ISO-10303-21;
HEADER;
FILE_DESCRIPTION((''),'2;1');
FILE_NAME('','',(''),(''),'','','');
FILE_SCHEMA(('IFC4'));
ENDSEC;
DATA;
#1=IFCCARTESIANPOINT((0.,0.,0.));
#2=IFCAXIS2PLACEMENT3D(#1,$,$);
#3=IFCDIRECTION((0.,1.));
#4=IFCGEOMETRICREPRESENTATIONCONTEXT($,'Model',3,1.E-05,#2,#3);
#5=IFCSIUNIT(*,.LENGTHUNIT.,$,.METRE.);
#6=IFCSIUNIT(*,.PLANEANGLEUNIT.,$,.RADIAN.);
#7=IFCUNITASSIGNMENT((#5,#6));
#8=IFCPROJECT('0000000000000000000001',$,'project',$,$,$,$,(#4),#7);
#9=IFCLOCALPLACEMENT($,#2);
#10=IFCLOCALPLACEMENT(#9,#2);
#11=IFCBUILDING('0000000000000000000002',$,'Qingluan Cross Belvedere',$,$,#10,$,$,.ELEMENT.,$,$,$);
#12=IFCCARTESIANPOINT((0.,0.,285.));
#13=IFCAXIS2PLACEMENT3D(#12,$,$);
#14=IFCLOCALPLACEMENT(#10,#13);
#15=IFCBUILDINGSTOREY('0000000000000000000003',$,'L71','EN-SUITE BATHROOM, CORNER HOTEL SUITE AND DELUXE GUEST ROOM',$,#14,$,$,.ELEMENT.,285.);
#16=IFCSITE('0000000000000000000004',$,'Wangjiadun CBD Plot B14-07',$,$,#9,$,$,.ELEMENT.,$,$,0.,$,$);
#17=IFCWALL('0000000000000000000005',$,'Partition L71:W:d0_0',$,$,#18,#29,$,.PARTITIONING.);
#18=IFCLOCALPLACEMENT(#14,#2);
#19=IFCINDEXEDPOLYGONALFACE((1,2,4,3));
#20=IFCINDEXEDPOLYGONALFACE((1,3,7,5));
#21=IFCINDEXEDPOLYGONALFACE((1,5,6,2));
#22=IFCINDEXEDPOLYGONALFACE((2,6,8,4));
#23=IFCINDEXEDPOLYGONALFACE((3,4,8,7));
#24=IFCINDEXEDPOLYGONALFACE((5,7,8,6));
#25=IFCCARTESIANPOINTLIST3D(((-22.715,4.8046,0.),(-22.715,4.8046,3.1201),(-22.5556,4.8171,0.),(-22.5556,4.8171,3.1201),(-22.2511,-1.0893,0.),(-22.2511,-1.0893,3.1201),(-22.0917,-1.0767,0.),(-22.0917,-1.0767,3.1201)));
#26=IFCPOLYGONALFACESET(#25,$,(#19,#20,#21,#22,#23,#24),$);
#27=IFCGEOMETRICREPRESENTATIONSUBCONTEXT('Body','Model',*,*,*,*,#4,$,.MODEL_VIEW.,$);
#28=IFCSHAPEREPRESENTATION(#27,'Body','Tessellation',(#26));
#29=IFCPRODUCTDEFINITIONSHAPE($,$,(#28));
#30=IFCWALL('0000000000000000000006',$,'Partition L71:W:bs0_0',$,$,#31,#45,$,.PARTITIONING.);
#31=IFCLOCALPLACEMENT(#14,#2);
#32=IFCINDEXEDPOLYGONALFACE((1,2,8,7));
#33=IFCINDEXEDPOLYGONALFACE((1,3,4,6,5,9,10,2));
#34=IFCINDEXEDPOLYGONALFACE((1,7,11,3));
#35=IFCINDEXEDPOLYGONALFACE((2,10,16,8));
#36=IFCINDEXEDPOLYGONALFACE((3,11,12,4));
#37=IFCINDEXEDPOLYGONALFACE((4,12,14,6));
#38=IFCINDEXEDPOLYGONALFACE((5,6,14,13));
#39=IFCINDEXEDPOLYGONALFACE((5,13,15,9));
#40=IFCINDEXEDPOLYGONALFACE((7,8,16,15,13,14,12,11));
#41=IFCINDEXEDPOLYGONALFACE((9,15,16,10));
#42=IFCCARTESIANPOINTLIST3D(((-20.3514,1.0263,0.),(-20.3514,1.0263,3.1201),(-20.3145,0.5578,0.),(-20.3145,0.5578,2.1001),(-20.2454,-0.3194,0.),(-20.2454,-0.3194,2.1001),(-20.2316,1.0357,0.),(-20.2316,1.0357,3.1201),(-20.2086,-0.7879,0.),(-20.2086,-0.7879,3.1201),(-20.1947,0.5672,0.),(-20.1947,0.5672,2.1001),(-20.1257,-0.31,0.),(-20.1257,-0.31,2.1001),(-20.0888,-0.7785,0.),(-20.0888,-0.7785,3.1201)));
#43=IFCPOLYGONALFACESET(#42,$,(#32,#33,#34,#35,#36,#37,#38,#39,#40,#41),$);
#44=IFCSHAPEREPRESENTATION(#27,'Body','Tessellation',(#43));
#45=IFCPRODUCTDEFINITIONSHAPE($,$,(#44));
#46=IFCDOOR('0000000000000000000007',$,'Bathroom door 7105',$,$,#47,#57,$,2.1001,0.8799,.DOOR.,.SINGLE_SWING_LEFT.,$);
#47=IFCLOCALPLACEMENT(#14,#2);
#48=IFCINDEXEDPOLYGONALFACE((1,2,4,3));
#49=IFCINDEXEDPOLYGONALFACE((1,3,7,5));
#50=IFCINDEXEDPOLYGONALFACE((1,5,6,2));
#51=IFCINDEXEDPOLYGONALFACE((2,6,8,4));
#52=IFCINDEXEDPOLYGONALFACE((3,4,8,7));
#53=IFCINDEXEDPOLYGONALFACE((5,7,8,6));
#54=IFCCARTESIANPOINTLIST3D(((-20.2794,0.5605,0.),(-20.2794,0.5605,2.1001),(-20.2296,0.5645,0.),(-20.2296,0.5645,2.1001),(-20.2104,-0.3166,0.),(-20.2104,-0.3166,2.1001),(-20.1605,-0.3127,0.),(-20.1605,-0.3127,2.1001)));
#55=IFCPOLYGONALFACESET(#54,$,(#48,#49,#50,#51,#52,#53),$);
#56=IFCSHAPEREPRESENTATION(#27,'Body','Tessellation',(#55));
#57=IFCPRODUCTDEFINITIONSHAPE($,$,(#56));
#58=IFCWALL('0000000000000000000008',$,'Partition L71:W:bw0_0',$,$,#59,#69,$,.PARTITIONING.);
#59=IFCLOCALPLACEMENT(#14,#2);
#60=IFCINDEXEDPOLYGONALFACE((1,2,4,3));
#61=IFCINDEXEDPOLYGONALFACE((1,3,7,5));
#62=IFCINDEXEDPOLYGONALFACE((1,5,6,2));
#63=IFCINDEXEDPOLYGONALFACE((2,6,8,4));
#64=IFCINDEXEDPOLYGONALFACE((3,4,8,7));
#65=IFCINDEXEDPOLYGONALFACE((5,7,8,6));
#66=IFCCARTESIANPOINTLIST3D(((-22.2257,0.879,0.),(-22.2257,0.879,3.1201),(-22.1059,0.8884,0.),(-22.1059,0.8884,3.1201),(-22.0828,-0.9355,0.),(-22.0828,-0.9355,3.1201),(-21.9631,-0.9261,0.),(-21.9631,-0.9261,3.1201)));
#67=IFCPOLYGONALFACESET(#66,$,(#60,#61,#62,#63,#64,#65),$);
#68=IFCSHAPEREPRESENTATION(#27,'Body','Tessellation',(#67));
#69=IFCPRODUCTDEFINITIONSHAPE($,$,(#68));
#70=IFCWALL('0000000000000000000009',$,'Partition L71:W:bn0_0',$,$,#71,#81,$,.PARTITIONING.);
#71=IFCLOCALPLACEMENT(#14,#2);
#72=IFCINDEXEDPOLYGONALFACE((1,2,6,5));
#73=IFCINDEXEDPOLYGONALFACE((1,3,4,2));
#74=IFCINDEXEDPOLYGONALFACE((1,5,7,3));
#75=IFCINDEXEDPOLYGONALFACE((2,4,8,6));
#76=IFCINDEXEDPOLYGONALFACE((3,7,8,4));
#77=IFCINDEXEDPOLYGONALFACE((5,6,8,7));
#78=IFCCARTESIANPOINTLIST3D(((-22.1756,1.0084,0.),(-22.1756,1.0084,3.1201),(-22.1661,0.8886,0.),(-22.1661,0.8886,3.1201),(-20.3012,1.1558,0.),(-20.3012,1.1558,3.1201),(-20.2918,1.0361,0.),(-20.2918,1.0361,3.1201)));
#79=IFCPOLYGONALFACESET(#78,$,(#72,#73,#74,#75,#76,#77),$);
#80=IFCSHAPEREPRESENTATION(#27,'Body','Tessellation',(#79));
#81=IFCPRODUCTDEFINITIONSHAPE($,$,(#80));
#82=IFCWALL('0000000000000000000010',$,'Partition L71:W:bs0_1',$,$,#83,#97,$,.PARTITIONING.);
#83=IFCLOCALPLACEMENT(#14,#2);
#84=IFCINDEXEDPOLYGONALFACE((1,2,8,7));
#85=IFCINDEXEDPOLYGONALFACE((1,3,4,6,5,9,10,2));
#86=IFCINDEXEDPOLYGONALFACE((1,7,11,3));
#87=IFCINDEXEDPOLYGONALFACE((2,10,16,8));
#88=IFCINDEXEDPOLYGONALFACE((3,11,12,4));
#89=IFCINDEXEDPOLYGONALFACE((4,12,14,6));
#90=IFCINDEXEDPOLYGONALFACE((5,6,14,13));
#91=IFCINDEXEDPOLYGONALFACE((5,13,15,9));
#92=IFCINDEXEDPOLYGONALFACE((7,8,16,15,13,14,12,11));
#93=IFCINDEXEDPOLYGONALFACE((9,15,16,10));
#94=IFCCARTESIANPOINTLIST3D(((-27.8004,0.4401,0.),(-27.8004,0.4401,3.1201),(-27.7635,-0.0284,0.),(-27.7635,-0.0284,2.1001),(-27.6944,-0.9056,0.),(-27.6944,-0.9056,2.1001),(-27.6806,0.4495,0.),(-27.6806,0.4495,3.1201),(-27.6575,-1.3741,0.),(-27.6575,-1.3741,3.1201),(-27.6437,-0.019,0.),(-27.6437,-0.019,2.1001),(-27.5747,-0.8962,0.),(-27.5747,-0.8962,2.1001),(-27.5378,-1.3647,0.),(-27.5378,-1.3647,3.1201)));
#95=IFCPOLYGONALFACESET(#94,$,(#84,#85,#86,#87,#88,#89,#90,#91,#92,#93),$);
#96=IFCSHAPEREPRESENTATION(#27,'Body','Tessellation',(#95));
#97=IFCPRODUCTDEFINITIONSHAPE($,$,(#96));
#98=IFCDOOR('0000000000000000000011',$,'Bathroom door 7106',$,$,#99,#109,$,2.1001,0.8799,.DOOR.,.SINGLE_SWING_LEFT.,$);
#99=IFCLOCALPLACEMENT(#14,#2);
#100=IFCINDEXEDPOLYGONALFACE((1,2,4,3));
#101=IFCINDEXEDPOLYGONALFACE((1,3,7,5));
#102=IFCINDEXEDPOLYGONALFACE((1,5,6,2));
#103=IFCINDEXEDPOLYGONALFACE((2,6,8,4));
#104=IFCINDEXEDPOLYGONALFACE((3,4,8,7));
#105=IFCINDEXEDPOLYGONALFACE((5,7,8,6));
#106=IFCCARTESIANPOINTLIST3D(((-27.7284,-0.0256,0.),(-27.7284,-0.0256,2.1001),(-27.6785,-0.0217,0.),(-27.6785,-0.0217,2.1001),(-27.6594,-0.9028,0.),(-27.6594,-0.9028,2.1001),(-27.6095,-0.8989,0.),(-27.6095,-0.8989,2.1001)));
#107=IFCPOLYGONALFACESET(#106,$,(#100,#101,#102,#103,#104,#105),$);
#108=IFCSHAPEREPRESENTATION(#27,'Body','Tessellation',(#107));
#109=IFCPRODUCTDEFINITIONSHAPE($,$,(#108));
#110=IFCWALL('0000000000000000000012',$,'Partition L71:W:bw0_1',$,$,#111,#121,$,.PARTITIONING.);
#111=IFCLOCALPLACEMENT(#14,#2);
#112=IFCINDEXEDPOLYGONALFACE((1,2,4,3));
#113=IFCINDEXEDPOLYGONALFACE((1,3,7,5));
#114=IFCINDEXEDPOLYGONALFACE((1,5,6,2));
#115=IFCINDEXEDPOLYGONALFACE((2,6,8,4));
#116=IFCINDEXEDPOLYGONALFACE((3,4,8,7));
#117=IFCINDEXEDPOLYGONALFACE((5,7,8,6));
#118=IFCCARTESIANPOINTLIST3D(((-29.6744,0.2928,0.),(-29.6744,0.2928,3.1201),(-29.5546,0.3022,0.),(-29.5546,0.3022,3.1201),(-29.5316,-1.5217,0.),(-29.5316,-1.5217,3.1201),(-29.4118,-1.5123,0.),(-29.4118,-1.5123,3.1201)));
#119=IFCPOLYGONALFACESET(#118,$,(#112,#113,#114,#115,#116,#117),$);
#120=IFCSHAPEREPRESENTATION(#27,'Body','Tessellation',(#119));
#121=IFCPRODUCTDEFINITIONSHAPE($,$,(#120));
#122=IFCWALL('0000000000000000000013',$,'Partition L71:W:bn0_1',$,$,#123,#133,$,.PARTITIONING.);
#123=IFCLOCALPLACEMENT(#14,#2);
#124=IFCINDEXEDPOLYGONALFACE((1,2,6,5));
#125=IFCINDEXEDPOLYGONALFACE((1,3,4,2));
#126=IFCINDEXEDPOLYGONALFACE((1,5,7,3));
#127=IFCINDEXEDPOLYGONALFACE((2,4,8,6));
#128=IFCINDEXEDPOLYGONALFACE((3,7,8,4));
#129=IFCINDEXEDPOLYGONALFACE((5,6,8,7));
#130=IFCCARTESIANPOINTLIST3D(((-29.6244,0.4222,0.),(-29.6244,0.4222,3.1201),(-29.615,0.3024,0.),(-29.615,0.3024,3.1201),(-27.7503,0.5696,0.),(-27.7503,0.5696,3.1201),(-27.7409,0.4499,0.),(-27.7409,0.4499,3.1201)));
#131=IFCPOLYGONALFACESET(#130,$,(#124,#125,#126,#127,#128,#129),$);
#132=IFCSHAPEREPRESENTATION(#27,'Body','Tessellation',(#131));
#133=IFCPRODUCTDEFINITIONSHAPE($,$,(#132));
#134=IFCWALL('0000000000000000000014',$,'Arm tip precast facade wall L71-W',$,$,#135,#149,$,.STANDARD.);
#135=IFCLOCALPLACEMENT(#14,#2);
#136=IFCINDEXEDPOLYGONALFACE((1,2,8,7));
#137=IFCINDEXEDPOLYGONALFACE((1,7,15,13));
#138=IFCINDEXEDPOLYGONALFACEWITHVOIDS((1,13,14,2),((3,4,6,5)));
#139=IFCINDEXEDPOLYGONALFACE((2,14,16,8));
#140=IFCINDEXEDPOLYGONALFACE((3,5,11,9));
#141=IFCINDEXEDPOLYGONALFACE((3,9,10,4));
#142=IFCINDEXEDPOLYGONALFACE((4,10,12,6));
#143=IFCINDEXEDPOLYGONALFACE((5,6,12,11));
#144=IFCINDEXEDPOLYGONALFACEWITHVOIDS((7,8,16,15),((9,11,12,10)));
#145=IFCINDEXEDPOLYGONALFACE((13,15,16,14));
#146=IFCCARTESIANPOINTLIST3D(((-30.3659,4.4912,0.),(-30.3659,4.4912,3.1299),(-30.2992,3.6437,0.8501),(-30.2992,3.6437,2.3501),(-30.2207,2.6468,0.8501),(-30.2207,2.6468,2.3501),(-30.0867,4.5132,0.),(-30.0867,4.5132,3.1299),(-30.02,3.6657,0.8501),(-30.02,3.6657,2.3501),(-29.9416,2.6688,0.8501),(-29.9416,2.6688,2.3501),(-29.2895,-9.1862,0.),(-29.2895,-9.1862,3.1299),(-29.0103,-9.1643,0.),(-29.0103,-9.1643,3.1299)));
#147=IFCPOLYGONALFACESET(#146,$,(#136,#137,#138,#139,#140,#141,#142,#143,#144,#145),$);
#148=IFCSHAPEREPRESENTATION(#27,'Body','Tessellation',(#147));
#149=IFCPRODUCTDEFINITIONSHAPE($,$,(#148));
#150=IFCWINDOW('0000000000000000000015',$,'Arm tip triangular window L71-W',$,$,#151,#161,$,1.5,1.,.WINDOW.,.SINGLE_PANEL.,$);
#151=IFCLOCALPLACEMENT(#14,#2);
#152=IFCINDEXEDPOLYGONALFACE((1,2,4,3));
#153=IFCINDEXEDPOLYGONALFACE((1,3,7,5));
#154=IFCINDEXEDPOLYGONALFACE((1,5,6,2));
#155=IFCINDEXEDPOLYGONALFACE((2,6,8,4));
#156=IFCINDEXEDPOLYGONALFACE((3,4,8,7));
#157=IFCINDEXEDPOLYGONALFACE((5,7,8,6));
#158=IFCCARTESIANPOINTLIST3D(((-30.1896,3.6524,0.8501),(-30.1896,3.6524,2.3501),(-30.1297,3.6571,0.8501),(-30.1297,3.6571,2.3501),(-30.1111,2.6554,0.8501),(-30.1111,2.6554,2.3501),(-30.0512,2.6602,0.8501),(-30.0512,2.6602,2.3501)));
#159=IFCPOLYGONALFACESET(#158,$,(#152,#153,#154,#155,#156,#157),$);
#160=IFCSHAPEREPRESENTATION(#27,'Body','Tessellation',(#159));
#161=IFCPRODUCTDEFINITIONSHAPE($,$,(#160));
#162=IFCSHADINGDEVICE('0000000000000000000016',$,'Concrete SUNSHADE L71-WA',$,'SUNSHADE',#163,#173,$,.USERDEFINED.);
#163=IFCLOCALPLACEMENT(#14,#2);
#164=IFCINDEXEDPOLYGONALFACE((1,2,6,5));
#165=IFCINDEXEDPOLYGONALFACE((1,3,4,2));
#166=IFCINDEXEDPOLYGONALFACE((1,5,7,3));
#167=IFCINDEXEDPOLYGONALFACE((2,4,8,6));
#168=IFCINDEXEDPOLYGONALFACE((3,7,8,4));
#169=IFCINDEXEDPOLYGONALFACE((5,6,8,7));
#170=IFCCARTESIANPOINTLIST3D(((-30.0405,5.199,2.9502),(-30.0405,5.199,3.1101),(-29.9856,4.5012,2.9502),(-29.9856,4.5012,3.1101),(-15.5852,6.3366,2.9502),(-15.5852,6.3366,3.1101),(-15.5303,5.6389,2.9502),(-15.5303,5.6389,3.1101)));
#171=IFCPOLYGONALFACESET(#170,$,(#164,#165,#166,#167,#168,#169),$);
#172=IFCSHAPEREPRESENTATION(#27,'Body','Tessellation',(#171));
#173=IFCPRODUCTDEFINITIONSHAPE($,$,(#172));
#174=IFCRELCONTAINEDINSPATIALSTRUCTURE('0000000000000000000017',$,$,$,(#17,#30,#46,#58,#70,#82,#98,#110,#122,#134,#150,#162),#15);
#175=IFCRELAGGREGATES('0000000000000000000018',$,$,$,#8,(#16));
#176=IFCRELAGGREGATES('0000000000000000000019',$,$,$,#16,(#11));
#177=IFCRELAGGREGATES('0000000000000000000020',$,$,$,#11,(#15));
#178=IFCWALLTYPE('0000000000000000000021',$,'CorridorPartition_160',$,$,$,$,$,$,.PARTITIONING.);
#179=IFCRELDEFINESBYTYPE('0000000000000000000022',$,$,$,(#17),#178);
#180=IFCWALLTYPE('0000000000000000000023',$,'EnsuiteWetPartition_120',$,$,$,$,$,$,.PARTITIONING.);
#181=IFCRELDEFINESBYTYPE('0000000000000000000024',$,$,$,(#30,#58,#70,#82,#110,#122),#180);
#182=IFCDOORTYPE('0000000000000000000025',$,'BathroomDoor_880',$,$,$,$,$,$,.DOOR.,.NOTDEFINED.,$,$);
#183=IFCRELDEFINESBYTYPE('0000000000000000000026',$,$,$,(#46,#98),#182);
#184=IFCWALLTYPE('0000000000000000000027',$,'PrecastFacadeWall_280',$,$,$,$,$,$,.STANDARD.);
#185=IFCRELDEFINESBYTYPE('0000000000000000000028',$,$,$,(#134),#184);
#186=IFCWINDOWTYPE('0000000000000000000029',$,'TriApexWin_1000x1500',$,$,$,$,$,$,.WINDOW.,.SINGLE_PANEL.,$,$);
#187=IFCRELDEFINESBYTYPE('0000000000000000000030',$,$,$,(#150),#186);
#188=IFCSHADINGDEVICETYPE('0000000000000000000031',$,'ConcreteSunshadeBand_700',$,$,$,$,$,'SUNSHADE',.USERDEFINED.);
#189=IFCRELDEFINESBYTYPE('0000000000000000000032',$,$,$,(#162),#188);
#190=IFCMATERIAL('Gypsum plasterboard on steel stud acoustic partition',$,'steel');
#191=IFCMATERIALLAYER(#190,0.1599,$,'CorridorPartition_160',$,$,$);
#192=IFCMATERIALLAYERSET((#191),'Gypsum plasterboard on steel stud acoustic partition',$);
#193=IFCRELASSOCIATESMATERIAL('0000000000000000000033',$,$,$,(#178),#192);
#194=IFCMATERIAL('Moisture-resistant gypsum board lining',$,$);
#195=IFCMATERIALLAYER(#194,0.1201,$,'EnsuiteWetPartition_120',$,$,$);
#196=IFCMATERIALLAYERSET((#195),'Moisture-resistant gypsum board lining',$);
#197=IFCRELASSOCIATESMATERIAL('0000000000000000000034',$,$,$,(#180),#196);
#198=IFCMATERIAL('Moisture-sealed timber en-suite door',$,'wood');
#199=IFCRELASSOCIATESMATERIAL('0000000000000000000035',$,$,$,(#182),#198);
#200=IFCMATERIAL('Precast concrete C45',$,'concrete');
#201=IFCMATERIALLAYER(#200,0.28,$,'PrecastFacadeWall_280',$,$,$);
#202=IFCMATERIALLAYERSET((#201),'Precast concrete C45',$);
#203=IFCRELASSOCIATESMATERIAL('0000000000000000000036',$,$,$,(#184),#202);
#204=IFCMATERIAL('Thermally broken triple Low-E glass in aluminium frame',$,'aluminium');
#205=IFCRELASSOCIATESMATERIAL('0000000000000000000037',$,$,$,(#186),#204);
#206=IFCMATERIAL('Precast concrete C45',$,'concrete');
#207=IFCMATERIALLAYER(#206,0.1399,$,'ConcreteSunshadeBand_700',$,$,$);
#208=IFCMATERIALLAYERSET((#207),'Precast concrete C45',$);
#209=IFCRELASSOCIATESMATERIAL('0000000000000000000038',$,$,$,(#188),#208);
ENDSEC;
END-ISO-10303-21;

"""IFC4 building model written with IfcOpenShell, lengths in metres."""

from ifc_helpers import new_model, si_unit, direction, frame, frame_2d, origin, origin_2d, place, context, subcontext, project, spatial, rectangle, extrude, material, layer, layer_set, type_object, element, fill, save


model = new_model("IFC4")

# Units and contexts
model_context = context("Model", 3, precision=1e-05, world=origin(), true_north=direction((0.0, 1.0)))
body_context = subcontext(model_context, "Body", "Model", "MODEL_VIEW")
ifc_project = project(units=[si_unit("LENGTHUNIT", "METRE"), si_unit("PLANEANGLEUNIT", "RADIAN")], contexts=[model_context])

# Site, building, storey
site_placement = place(None, origin())
site = spatial("IfcSite", under=ifc_project, at=site_placement, Name="Wangjiadun CBD Plot B14-07", CompositionType="ELEMENT", RefElevation=0.0)
building_placement = place(site_placement, origin())
building = spatial("IfcBuilding", under=site, at=building_placement, Name="Qingluan Cross Belvedere", CompositionType="ELEMENT")
storey_placement = place(building_placement, frame((0.0, 0.0, 285.0)))
storey = spatial("IfcBuildingStorey", under=building, at=storey_placement, Name="L71", Description="EN-SUITE BATHROOM, CORNER HOTEL SUITE AND DELUXE GUEST ROOM", CompositionType="ELEMENT", Elevation=285.0)

# Wall
ifc_material_1 = material(Name="Gypsum plasterboard on steel stud acoustic partition", Category="steel")
ifc_layer_1 = layer(ifc_material_1, 0.1599, Name="CorridorPartition_160")
ifc_layer_set_1 = layer_set([ifc_layer_1], Name="Gypsum plasterboard on steel stud acoustic partition")
wall_type_1 = type_object("IfcWallType", Name="CorridorPartition_160", PredefinedType="PARTITIONING", material=ifc_layer_set_1)
wall_1_placement = place(storey_placement, frame((-22.1714, -1.083, 0.0), z_axis=(0.0, 0.0, 1.0), x_axis=(-0.078462, 0.996917, 0.0)))
element("IfcWall", 1, at=wall_1_placement, inside=storey, type_object=wall_type_1, Name="Partition L71:W:d0_0", PredefinedType="PARTITIONING", context=body_context, shape_type="SweptSolid", body=[
    extrude(rectangle(XDim=5.9121, YDim=0.1599, at=frame_2d((2.9561, 0.0))), origin(), (0.0, 0.0, 1.0), 3.1201),
])

# Wall, opening, door
ifc_material_2 = material(Name="Moisture-resistant gypsum board lining")
ifc_layer_2 = layer(ifc_material_2, 0.1201, Name="EnsuiteWetPartition_120")
ifc_layer_set_2 = layer_set([ifc_layer_2], Name="Moisture-resistant gypsum board lining")
wall_type_2 = type_object("IfcWallType", Name="EnsuiteWetPartition_120", PredefinedType="PARTITIONING", material=ifc_layer_set_2)
wall_2_placement = place(storey_placement, frame((-20.1487, -0.7832, 0.0), z_axis=(0.0, 0.0, 1.0), x_axis=(-0.078481, 0.996916, 0.0)))
wall_2 = element("IfcWall", 2, at=wall_2_placement, inside=storey, type_object=wall_type_2, Name="Partition L71:W:bs0_0", PredefinedType="PARTITIONING", context=body_context, shape_type="SweptSolid", body=[
    extrude(rectangle(XDim=1.8198, YDim=0.1201, at=frame_2d((0.9099, 0.0))), origin(), (0.0, 0.0, 1.0), 3.1201),
])
opening_1_placement = place(wall_2_placement, frame((0.47, 0.0, 0.0)))
opening_1 = element("IfcOpeningElement", 3, at=opening_1_placement, cuts=wall_2, PredefinedType="OPENING", context=body_context, shape_type="SweptSolid", body=[
    extrude(rectangle(XDim=0.8799, YDim=2.1001, at=frame_2d((0.4399, 1.05))), frame((0.0, 0.0701, 0.0), z_axis=(0.0, -1.0, 0.0), x_axis=(1.0, 0.0, 0.0)), (0.0, 0.0, 1.0), 0.1401),
])
ifc_material_3 = material(Name="Moisture-sealed timber en-suite door", Category="wood")
door_type = type_object("IfcDoorType", Name="BathroomDoor_880", OperationType="NOTDEFINED", PredefinedType="DOOR", material=ifc_material_3)
door_1_placement = place(opening_1_placement, origin())
door_1 = element("IfcDoor", 4, at=door_1_placement, inside=storey, type_object=door_type, Name="Bathroom door 7105", OperationType="SINGLE_SWING_LEFT", OverallHeight=2.1001, OverallWidth=0.8799, PredefinedType="DOOR", context=body_context, shape_type="SweptSolid", body=[
    extrude(rectangle(XDim=0.8799, YDim=2.1001, at=frame_2d((0.4399, 1.05))), frame((0.0, 0.0249, 0.0), z_axis=(0.0, -1.0, 0.0), x_axis=(1.0, 0.0, 0.0)), (0.0, 0.0, 1.0), 0.05),
])
fill(opening_1, door_1)

# Walls
wall_3_placement = place(storey_placement, frame((-22.0229, -0.9309, 0.0), z_axis=(0.0, 0.0, 1.0), x_axis=(-0.078471, 0.996916, 0.0)))
element("IfcWall", 5, at=wall_3_placement, inside=storey, type_object=wall_type_2, Name="Partition L71:W:bw0_0", PredefinedType="PARTITIONING", context=body_context, shape_type="SweptSolid", body=[
    extrude(rectangle(XDim=1.8201, YDim=0.1201, at=frame_2d((0.9102, 0.0))), origin(), (0.0, 0.0, 1.0), 3.1201),
])
wall_4_placement = place(storey_placement, frame((-20.2966, 1.0959, 0.0), z_axis=(0.0, 0.0, 1.0), x_axis=(-0.996919, -0.078434, 0.0)))
element("IfcWall", 6, at=wall_4_placement, inside=storey, type_object=wall_type_2, Name="Partition L71:W:bn0_0", PredefinedType="PARTITIONING", context=body_context, shape_type="SweptSolid", body=[
    extrude(rectangle(XDim=1.8801, YDim=0.1201, at=frame_2d((0.9399, 0.0))), origin(), (0.0, 0.0, 1.0), 3.1201),
])

# Wall, opening, door
wall_5_placement = place(storey_placement, frame((-27.5977, -1.3694, 0.0), z_axis=(0.0, 0.0, 1.0), x_axis=(-0.078481, 0.996916, 0.0)))
wall_5 = element("IfcWall", 7, at=wall_5_placement, inside=storey, type_object=wall_type_2, Name="Partition L71:W:bs0_1", PredefinedType="PARTITIONING", context=body_context, shape_type="SweptSolid", body=[
    extrude(rectangle(XDim=1.8198, YDim=0.1201, at=frame_2d((0.9099, 0.0))), origin(), (0.0, 0.0, 1.0), 3.1201),
])
opening_2_placement = place(wall_5_placement, frame((0.47, 0.0, 0.0)))
opening_2 = element("IfcOpeningElement", 8, at=opening_2_placement, cuts=wall_5, PredefinedType="OPENING", context=body_context, shape_type="SweptSolid", body=[
    extrude(rectangle(XDim=0.8799, YDim=2.1001, at=frame_2d((0.4399, 1.05))), frame((0.0, 0.0701, 0.0), z_axis=(0.0, -1.0, 0.0), x_axis=(1.0, 0.0, 0.0)), (0.0, 0.0, 1.0), 0.1401),
])
door_2_placement = place(opening_2_placement, origin())
door_2 = element("IfcDoor", 9, at=door_2_placement, inside=storey, type_object=door_type, Name="Bathroom door 7106", OperationType="SINGLE_SWING_LEFT", OverallHeight=2.1001, OverallWidth=0.8799, PredefinedType="DOOR", context=body_context, shape_type="SweptSolid", body=[
    extrude(rectangle(XDim=0.8799, YDim=2.1001, at=frame_2d((0.4399, 1.05))), frame((0.0, 0.0249, 0.0), z_axis=(0.0, -1.0, 0.0), x_axis=(1.0, 0.0, 0.0)), (0.0, 0.0, 1.0), 0.05),
])
fill(opening_2, door_2)

# Walls
wall_6_placement = place(storey_placement, frame((-29.4717, -1.5171, 0.0), z_axis=(0.0, 0.0, 1.0), x_axis=(-0.078471, 0.996916, 0.0)))
element("IfcWall", 10, at=wall_6_placement, inside=storey, type_object=wall_type_2, Name="Partition L71:W:bw0_1", PredefinedType="PARTITIONING", context=body_context, shape_type="SweptSolid", body=[
    extrude(rectangle(XDim=1.8201, YDim=0.1201, at=frame_2d((0.9102, 0.0))), origin(), (0.0, 0.0, 1.0), 3.1201),
])
wall_7_placement = place(storey_placement, frame((-27.7456, 0.5098, 0.0), z_axis=(0.0, 0.0, 1.0), x_axis=(-0.996918, -0.078444, 0.0)))
element("IfcWall", 11, at=wall_7_placement, inside=storey, type_object=wall_type_2, Name="Partition L71:W:bn0_1", PredefinedType="PARTITIONING", context=body_context, shape_type="SweptSolid", body=[
    extrude(rectangle(XDim=1.8799, YDim=0.1201, at=frame_2d((0.9399, 0.0))), origin(), (0.0, 0.0, 1.0), 3.1201),
])

# Wall, opening, window
ifc_material_4 = material(Name="Precast concrete C45", Category="concrete")
ifc_layer_3 = layer(ifc_material_4, 0.28, Name="PrecastFacadeWall_280")
ifc_layer_set_3 = layer_set([ifc_layer_3], Name="Precast concrete C45")
wall_type_3 = type_object("IfcWallType", Name="PrecastFacadeWall_280", PredefinedType="STANDARD", material=ifc_layer_set_3)
wall_8_placement = place(storey_placement, frame((-30.2263, 4.5022, 0.0), z_axis=(0.0, 0.0, 1.0), x_axis=(0.078457, -0.996917, 0.0)))
wall_8 = element("IfcWall", 12, at=wall_8_placement, inside=storey, type_object=wall_type_3, Name="Arm tip precast facade wall L71-W", PredefinedType="STANDARD", context=body_context, shape_type="SweptSolid", body=[
    extrude(rectangle(XDim=13.7197, YDim=0.28, at=frame_2d((6.8599, 0.0))), origin(), (0.0, 0.0, 1.0), 3.1299),
])
opening_3_placement = place(wall_8_placement, frame((0.8501, 0.0, 0.8501)))
opening_3 = element("IfcOpeningElement", 13, at=opening_3_placement, cuts=wall_8, PredefinedType="OPENING", context=body_context, shape_type="SweptSolid", body=[
    extrude(rectangle(XDim=1.0, YDim=1.5, at=frame_2d((0.5, 0.75))), frame((0.0, 0.1499, 0.0), z_axis=(0.0, -1.0, 0.0), x_axis=(1.0, 0.0, 0.0)), (0.0, 0.0, 1.0), 0.3),
])
ifc_material_5 = material(Name="Thermally broken triple Low-E glass in aluminium frame", Category="aluminium")
window_type = type_object("IfcWindowType", Name="TriApexWin_1000x1500", PartitioningType="SINGLE_PANEL", PredefinedType="WINDOW", material=ifc_material_5)
window_placement = place(opening_3_placement, origin())
window = element("IfcWindow", 14, at=window_placement, inside=storey, type_object=window_type, Name="Arm tip triangular window L71-W", OverallHeight=1.5, OverallWidth=1.0, PartitioningType="SINGLE_PANEL", PredefinedType="WINDOW", context=body_context, shape_type="SweptSolid", body=[
    extrude(rectangle(XDim=1.0, YDim=1.5, at=frame_2d((0.5, 0.75))), frame((0.0, 0.03, 0.0), z_axis=(0.0, -1.0, 0.0), x_axis=(1.0, 0.0, 0.0)), (0.0, 0.0, 1.0), 0.0601),
])
fill(opening_3, window)

# Shading device
ifc_material_6 = material(Name="Precast concrete C45", Category="concrete")
ifc_layer_4 = layer(ifc_material_6, 0.1399, Name="ConcreteSunshadeBand_700")
ifc_layer_set_4 = layer_set([ifc_layer_4], Name="Precast concrete C45")
shading_device_type = type_object("IfcShadingDeviceType", Name="ConcreteSunshadeBand_700", ElementType="SUNSHADE", PredefinedType="USERDEFINED", material=ifc_layer_set_4)
shading_device_placement = place(storey_placement, frame((-22.7854, 5.4189, 2.9502), z_axis=(0.0, 0.0, 1.0), x_axis=(-0.996918, -0.078456, 0.0)))
element("IfcShadingDevice", 15, at=shading_device_placement, inside=storey, type_object=shading_device_type, Name="Concrete SUNSHADE L71-WA", ObjectType="SUNSHADE", PredefinedType="USERDEFINED", context=body_context, shape_type="SweptSolid", body=[
    extrude(rectangle(XDim=14.5, YDim=0.7, at=origin_2d()), origin(), (0.0, 0.0, 1.0), 0.1599),
])

save(model, "model.ifc")
